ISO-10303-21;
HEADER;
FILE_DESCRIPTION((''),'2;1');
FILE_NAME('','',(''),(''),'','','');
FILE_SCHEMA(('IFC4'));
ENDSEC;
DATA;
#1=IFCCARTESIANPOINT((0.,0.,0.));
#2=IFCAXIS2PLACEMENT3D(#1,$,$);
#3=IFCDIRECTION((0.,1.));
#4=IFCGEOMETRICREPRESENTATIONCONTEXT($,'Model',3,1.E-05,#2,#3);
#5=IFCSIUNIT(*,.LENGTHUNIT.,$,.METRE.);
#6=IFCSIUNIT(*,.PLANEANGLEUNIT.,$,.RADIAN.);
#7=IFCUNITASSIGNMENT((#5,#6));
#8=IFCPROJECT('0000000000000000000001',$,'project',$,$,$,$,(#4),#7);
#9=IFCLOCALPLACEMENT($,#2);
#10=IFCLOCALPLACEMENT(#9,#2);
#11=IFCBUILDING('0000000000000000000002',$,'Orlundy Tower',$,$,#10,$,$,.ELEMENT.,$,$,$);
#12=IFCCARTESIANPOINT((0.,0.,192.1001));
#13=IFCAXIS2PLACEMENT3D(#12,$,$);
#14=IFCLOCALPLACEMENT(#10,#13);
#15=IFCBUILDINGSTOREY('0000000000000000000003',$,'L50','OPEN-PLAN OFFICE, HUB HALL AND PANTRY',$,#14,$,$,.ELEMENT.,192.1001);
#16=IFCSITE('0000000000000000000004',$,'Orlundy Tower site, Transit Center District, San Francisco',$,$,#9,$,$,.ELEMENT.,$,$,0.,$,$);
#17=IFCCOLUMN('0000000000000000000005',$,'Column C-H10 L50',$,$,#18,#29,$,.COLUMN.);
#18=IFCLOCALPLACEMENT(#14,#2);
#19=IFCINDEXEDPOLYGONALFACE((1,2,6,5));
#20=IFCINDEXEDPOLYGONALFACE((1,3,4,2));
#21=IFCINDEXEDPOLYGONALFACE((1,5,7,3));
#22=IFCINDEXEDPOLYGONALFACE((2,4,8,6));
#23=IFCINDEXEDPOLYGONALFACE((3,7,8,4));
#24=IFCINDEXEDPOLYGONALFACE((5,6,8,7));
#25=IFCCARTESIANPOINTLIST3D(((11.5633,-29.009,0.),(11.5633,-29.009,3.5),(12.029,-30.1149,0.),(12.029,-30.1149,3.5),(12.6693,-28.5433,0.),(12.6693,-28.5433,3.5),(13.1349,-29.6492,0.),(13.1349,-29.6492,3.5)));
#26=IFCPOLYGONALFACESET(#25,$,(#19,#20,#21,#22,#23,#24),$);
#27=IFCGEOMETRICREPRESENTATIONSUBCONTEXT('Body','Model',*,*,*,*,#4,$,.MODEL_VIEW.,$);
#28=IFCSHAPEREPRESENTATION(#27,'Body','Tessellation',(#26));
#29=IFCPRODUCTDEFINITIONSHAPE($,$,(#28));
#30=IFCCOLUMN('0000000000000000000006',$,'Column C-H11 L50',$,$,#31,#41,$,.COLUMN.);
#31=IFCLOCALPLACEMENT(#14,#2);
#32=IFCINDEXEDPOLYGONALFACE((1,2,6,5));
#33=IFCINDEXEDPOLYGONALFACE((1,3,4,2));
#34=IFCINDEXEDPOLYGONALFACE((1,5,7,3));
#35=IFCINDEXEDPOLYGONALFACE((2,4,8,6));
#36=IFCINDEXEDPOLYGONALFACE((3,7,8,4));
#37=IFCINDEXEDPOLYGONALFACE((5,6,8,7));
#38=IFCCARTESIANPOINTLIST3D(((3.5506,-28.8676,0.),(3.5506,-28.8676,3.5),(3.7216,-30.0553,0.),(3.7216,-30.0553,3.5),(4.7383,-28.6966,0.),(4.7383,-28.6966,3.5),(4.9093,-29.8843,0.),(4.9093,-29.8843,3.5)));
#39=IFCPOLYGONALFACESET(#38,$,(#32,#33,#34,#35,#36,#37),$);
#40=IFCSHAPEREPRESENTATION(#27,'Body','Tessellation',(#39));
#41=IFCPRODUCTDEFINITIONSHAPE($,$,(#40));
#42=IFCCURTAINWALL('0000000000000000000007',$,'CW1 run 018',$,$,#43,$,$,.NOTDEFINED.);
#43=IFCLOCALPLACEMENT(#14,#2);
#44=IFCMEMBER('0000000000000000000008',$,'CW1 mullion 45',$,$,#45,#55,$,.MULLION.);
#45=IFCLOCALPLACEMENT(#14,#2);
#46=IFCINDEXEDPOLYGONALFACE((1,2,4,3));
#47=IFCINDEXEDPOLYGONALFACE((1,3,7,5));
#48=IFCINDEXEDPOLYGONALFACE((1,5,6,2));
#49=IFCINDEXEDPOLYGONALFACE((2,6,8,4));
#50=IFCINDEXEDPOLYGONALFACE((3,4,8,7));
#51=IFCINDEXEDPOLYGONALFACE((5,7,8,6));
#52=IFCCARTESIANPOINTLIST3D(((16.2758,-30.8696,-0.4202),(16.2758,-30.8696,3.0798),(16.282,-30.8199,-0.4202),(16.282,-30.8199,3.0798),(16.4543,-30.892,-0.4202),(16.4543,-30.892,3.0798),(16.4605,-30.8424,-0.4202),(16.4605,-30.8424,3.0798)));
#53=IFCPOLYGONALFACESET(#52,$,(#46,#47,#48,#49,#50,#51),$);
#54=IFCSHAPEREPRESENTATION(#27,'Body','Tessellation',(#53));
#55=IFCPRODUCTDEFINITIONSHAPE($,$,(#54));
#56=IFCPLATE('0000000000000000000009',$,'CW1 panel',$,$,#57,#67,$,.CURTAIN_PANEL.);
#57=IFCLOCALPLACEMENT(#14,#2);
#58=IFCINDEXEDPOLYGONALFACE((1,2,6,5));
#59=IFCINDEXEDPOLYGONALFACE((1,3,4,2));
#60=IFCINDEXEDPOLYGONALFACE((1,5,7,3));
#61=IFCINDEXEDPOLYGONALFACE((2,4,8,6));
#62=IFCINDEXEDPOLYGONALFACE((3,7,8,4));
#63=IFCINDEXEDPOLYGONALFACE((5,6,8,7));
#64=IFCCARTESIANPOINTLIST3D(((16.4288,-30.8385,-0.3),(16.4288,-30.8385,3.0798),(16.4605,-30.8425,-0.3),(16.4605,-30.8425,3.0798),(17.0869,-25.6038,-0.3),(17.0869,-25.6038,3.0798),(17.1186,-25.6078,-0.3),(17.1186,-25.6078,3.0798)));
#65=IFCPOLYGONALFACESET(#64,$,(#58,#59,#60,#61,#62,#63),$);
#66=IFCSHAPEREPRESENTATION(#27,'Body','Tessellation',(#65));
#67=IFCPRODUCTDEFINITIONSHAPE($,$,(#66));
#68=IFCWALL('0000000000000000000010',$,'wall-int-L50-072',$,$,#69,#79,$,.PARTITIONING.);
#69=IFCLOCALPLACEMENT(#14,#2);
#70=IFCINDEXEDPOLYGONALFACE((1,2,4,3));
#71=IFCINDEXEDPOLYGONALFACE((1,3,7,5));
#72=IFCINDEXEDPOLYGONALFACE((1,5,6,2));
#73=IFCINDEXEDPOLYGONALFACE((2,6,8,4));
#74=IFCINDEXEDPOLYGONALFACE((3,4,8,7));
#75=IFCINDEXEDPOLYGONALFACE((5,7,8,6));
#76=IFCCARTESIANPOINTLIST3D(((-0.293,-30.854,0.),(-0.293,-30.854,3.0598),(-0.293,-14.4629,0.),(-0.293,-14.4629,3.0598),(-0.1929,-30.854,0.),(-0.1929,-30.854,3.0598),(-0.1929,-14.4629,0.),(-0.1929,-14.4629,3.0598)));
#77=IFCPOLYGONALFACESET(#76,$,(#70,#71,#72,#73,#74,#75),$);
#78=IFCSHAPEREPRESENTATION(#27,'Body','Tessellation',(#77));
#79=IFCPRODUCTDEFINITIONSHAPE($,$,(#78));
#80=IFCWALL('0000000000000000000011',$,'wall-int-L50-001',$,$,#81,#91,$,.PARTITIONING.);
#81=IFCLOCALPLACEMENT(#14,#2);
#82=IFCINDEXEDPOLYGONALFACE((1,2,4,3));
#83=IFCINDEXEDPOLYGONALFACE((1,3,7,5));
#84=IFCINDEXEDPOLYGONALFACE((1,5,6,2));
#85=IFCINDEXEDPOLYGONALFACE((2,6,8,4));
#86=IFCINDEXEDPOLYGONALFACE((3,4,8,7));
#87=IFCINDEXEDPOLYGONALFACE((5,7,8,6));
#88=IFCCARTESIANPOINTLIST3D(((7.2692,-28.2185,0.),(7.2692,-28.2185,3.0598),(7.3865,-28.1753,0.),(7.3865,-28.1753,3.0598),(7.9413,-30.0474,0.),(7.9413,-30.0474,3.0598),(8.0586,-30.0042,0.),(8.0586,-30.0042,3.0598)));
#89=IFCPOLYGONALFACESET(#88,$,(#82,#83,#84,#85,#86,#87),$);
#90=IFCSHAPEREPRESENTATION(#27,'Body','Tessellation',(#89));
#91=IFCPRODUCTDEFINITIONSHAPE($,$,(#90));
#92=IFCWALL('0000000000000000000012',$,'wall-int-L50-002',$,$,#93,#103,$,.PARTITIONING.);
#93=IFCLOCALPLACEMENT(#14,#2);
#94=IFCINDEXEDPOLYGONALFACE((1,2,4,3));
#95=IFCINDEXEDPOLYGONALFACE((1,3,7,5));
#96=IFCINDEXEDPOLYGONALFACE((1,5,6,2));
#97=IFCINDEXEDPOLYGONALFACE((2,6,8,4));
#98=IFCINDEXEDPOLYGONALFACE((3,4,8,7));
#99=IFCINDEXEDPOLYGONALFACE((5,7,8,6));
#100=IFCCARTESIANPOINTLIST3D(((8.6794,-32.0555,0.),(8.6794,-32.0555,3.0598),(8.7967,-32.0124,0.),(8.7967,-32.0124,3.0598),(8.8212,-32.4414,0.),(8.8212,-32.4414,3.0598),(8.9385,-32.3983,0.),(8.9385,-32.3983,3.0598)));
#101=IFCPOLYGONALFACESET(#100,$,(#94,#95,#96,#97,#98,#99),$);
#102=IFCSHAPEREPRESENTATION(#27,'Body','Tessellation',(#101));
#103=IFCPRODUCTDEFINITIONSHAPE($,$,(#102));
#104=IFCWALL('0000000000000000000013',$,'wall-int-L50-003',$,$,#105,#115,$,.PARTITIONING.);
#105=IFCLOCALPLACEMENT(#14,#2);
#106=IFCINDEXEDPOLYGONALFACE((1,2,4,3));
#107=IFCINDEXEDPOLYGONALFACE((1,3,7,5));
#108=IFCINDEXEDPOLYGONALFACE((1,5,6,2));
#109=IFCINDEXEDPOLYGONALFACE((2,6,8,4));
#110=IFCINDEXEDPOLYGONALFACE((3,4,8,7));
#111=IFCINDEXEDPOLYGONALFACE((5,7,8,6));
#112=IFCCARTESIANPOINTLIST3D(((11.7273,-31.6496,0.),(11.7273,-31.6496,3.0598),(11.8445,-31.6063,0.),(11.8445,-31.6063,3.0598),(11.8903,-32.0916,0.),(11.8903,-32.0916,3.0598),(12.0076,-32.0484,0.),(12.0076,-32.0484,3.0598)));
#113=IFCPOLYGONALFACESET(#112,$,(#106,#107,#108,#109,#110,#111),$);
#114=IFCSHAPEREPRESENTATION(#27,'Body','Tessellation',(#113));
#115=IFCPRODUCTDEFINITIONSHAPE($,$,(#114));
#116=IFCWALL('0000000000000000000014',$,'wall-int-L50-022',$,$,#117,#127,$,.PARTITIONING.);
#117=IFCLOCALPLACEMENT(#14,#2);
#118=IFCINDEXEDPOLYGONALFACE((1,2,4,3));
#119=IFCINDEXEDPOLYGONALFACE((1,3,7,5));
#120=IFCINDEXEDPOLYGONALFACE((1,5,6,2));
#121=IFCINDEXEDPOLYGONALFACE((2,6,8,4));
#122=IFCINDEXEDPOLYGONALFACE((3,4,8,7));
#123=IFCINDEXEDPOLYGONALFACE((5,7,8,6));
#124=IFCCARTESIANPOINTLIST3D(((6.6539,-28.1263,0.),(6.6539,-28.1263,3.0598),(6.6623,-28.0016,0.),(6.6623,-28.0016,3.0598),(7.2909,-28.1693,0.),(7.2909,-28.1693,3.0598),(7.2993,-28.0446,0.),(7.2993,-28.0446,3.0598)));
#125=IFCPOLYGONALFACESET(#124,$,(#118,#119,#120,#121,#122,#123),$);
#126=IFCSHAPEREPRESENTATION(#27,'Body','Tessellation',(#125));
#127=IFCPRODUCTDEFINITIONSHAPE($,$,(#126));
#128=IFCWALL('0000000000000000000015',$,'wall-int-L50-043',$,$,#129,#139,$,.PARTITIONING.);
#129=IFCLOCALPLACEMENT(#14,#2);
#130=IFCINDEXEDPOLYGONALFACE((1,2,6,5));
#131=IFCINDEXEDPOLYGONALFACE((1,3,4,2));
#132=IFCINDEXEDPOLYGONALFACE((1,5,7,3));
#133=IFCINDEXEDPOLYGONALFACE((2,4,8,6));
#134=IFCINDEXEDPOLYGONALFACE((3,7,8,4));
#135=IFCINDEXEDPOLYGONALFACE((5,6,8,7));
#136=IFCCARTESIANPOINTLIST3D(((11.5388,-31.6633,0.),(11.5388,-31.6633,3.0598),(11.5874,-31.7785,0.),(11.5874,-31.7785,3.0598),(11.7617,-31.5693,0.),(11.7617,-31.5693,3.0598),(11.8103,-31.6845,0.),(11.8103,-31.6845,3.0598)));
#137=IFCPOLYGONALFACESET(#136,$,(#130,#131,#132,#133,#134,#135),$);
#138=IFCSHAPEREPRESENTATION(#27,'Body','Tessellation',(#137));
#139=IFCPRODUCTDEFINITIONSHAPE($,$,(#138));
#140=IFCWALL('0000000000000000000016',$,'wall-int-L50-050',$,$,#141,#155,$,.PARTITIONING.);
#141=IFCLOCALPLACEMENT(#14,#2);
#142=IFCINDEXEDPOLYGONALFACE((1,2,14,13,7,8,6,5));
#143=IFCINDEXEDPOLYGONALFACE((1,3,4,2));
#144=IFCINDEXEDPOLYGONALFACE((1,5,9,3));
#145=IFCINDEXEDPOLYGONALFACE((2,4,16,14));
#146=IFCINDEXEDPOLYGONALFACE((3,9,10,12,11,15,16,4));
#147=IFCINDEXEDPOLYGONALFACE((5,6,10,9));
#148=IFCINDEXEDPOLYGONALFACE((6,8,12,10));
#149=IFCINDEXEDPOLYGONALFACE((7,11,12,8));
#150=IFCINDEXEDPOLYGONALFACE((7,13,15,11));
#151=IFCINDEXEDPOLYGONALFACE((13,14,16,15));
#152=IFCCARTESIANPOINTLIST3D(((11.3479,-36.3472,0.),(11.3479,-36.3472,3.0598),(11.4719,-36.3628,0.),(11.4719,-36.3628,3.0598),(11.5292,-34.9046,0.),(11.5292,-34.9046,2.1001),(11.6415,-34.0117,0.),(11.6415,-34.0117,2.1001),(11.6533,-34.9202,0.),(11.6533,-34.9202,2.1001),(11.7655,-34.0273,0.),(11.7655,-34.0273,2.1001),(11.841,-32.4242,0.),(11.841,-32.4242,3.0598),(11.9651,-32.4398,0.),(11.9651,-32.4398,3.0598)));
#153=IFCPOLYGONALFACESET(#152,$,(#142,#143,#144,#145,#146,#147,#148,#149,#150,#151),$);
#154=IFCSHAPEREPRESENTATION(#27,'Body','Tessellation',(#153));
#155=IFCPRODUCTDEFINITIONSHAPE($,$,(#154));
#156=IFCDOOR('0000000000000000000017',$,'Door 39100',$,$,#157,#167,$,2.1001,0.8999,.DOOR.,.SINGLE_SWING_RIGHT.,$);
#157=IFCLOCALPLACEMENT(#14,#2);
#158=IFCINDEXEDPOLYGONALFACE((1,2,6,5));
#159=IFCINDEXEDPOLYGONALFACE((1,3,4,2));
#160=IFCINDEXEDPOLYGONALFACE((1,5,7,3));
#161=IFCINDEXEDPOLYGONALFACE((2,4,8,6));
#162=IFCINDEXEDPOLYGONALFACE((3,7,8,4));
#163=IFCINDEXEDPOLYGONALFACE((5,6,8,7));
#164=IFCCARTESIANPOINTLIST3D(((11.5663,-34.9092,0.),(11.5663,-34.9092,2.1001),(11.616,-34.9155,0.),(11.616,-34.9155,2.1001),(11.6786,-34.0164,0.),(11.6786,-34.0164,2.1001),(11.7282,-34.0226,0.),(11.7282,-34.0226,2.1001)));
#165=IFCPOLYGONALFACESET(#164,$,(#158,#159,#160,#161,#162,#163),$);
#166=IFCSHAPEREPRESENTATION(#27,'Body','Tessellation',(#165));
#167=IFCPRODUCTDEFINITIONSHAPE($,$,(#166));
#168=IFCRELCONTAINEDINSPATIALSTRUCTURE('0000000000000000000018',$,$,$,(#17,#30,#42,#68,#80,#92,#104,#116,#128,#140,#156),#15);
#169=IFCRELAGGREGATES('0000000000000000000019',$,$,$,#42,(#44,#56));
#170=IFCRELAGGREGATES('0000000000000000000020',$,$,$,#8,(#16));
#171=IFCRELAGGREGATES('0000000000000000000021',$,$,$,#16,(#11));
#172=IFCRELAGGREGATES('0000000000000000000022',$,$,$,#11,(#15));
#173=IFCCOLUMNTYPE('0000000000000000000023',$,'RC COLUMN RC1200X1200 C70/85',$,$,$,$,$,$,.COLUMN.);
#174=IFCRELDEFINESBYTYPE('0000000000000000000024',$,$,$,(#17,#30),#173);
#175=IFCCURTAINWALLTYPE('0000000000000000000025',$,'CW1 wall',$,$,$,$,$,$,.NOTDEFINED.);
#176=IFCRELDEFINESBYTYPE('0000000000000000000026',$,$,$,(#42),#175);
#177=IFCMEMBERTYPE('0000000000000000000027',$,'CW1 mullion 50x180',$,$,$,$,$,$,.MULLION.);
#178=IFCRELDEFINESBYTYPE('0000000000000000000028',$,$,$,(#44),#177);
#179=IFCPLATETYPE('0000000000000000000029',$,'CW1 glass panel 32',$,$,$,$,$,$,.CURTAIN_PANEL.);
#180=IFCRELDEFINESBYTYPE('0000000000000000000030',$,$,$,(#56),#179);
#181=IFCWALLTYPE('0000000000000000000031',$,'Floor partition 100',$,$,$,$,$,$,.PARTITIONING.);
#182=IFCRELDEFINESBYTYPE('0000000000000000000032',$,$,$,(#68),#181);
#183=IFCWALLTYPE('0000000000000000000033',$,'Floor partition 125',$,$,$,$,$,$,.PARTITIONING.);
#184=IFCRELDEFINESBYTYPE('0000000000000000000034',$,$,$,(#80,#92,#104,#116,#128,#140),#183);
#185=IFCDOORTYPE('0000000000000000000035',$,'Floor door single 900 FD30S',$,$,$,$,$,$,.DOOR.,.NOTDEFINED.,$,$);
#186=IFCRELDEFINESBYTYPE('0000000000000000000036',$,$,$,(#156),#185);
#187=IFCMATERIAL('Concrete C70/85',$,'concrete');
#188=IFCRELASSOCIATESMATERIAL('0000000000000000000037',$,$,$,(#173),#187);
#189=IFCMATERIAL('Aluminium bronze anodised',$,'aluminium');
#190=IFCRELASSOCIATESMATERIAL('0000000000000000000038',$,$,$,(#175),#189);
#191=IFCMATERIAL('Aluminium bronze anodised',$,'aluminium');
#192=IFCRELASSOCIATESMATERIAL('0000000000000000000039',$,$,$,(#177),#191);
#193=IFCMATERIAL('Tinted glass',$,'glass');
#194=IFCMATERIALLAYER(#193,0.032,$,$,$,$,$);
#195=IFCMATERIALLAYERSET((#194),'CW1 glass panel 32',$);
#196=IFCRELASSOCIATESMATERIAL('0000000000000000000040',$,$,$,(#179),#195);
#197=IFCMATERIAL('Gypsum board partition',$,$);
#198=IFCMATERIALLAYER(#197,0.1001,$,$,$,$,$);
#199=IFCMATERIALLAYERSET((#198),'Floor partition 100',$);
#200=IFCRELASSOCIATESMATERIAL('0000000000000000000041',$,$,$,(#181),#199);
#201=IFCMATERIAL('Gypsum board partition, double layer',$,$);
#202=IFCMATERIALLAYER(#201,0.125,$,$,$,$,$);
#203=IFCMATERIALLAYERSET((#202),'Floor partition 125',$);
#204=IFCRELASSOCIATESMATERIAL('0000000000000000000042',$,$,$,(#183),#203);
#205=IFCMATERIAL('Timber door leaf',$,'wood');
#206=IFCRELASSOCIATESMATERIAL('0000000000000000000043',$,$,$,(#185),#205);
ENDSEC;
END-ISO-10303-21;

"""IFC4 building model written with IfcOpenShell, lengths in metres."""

from ifc_helpers import new_model, si_unit, direction, frame, frame_2d, origin, origin_2d, place, context, subcontext, project, spatial, rectangle, extrude, material, layer, layer_set, material_profile, profile_set, type_object, element, fill, aggregate, save


model = new_model("IFC4")

# Units and contexts
model_context = context("Model", 3, precision=1e-05, world=origin(), true_north=direction((0.0, 1.0)))
body_context = subcontext(model_context, "Body", "Model", "MODEL_VIEW")
ifc_project = project(units=[si_unit("LENGTHUNIT", "METRE"), si_unit("PLANEANGLEUNIT", "RADIAN")], contexts=[model_context])

# Site, building, storey
site_placement = place(None, origin())
site = spatial("IfcSite", under=ifc_project, at=site_placement, Name="Orlundy Tower site, Transit Center District, San Francisco", CompositionType="ELEMENT", RefElevation=0.0)
building_placement = place(site_placement, origin())
building = spatial("IfcBuilding", under=site, at=building_placement, Name="Orlundy Tower", CompositionType="ELEMENT")
storey_placement = place(building_placement, frame((0.0, 0.0, 192.1001)))
storey = spatial("IfcBuildingStorey", under=building, at=storey_placement, Name="L50", Description="OPEN-PLAN OFFICE, HUB HALL AND PANTRY", CompositionType="ELEMENT", Elevation=192.1001)

# Columns
ifc_material_1 = material(Name="Concrete C70/85", Category="concrete")
ifc_material_profile_1 = material_profile(ifc_material_1, rectangle(XDim=1.2, YDim=1.2, at=origin_2d()), Name="RC1200X1200")
ifc_profile_set_1 = profile_set([ifc_material_profile_1], Name="Concrete C70/85")
column_type = type_object("IfcColumnType", Name="RC COLUMN RC1200X1200 C70/85", PredefinedType="COLUMN", material=ifc_profile_set_1)
for number, where, z_axis, x_axis, name in (
    (1, (12.3491, -29.3291, 0.0), (0.0, 0.0, 1.0), (0.388063, -0.921633, 0.0), "Column C-H10 L50"),
    (2, (4.23, -29.376, 0.0), (0.0, 0.0, 1.0), (0.142525, -0.989791, 0.0), "Column C-H11 L50"),
):
    element("IfcColumn", number, at=place(storey_placement, frame(where, z_axis=z_axis, x_axis=x_axis)), inside=storey, type_object=column_type, Name=name, PredefinedType="COLUMN", context=body_context, shape_type="SweptSolid", body=[
        extrude(rectangle(XDim=1.2, YDim=1.2, at=origin_2d()), origin(), (0.0, 0.0, 1.0), 3.5),
    ])

# Curtain wall, member, plate
ifc_material_2 = material(Name="Aluminium bronze anodised", Category="aluminium")
curtain_wall_type = type_object("IfcCurtainWallType", Name="CW1 wall", PredefinedType="NOTDEFINED", material=ifc_material_2)
curtain_wall_placement = place(storey_placement, origin())
curtain_wall = element("IfcCurtainWall", 3, at=curtain_wall_placement, inside=storey, type_object=curtain_wall_type, Name="CW1 run 018", PredefinedType="NOTDEFINED")
ifc_material_3 = material(Name="Aluminium bronze anodised", Category="aluminium")
ifc_material_profile_2 = material_profile(ifc_material_3, rectangle(XDim=0.1799, YDim=0.05, at=origin_2d()), Name="CW1 mullion 50x180")
ifc_profile_set_2 = profile_set([ifc_material_profile_2], Name="Aluminium bronze anodised")
member_type = type_object("IfcMemberType", Name="CW1 mullion 50x180", PredefinedType="MULLION", material=ifc_profile_set_2)
member_placement = place(storey_placement, frame((16.3682, -30.856, -0.4202), z_axis=(0.0, 0.0, 1.0), x_axis=(0.992189, -0.124742, 0.0)))
member = element("IfcMember", 4, at=member_placement, type_object=member_type, Name="CW1 mullion 45", PredefinedType="MULLION", context=body_context, shape_type="SweptSolid", body=[
    extrude(rectangle(XDim=0.1799, YDim=0.05, at=origin_2d()), origin(), (0.0, 0.0, 1.0), 3.5),
])
ifc_material_4 = material(Name="Tinted glass", Category="glass")
ifc_layer_1 = layer(ifc_material_4, 0.032)
ifc_layer_set_1 = layer_set([ifc_layer_1], Name="CW1 glass panel 32")
plate_type = type_object("IfcPlateType", Name="CW1 glass panel 32", PredefinedType="CURTAIN_PANEL", material=ifc_layer_set_1)
plate_placement = place(storey_placement, frame((16.7737, -28.2231, -0.3), z_axis=(0.0, 0.0, 1.0), x_axis=(-0.124742, -0.992189, 0.0)))
plate = element("IfcPlate", 5, at=plate_placement, type_object=plate_type, Name="CW1 panel", PredefinedType="CURTAIN_PANEL", context=body_context, shape_type="SweptSolid", body=[
    extrude(rectangle(XDim=5.2759, YDim=0.032, at=origin_2d()), origin(), (0.0, 0.0, 1.0), 3.3799),
])
aggregate(curtain_wall, [member, plate])

# Walls
ifc_material_5 = material(Name="Gypsum board partition")
ifc_layer_2 = layer(ifc_material_5, 0.1001)
ifc_layer_set_2 = layer_set([ifc_layer_2], Name="Floor partition 100")
wall_type_1 = type_object("IfcWallType", Name="Floor partition 100", PredefinedType="PARTITIONING", material=ifc_layer_set_2)
wall_1_placement = place(storey_placement, frame((-0.2429, -30.854, 0.0), z_axis=(0.0, 0.0, 1.0), x_axis=(0.0, 1.0, 0.0)))
element("IfcWall", 6, at=wall_1_placement, inside=storey, type_object=wall_type_1, Name="wall-int-L50-072", PredefinedType="PARTITIONING", context=body_context, shape_type="SweptSolid", body=[
    extrude(rectangle(XDim=16.3911, YDim=0.1001, at=frame_2d((8.1956, 0.0))), origin(), (0.0, 0.0, 1.0), 3.0598),
])
ifc_material_6 = material(Name="Gypsum board partition, double layer")
ifc_layer_3 = layer(ifc_material_6, 0.125)
ifc_layer_set_3 = layer_set([ifc_layer_3], Name="Floor partition 125")
wall_type_2 = type_object("IfcWallType", Name="Floor partition 125", PredefinedType="PARTITIONING", material=ifc_layer_set_3)
wall_2_placement = place(storey_placement, frame((7.3279, -28.197, 0.0), z_axis=(0.0, 0.0, 1.0), x_axis=(0.34495, -0.938621, 0.0)))
element("IfcWall", 7, at=wall_2_placement, inside=storey, type_object=wall_type_2, Name="wall-int-L50-001", PredefinedType="PARTITIONING", context=body_context, shape_type="SweptSolid", body=[
    extrude(rectangle(XDim=1.9485, YDim=0.125, at=frame_2d((0.9741, 0.0))), origin(), (0.0, 0.0, 1.0), 3.0598),
])
wall_3_placement = place(storey_placement, frame((8.738, -32.0339, 0.0), z_axis=(0.0, 0.0, 1.0), x_axis=(0.344935, -0.938627, 0.0)))
element("IfcWall", 8, at=wall_3_placement, inside=storey, type_object=wall_type_2, Name="wall-int-L50-002", PredefinedType="PARTITIONING", context=body_context, shape_type="SweptSolid", body=[
    extrude(rectangle(XDim=0.4111, YDim=0.125, at=frame_2d((0.2056, 0.0))), origin(), (0.0, 0.0, 1.0), 3.0598),
])
wall_4_placement = place(storey_placement, frame((11.7859, -31.6279, 0.0), z_axis=(0.0, 0.0, 1.0), x_axis=(0.346065, -0.93821, 0.0)))
element("IfcWall", 9, at=wall_4_placement, inside=storey, type_object=wall_type_2, Name="wall-int-L50-003", PredefinedType="PARTITIONING", context=body_context, shape_type="SweptSolid", body=[
    extrude(rectangle(XDim=0.4712, YDim=0.125, at=frame_2d((0.2356, 0.0))), origin(), (0.0, 0.0, 1.0), 3.0598),
])
wall_5_placement = place(storey_placement, frame((6.658, -28.064, 0.0), z_axis=(0.0, 0.0, 1.0), x_axis=(0.997732, -0.067306, 0.0)))
element("IfcWall", 10, at=wall_5_placement, inside=storey, type_object=wall_type_2, Name="wall-int-L50-022", PredefinedType="PARTITIONING", context=body_context, shape_type="SweptSolid", body=[
    extrude(rectangle(XDim=0.6384, YDim=0.125, at=frame_2d((0.3193, 0.0))), origin(), (0.0, 0.0, 1.0), 3.0598),
])
wall_6_placement = place(storey_placement, frame((11.563, -31.7209, 0.0), z_axis=(0.0, 0.0, 1.0), x_axis=(0.921426, 0.388553, 0.0)))
element("IfcWall", 11, at=wall_6_placement, inside=storey, type_object=wall_type_2, Name="wall-int-L50-043", PredefinedType="PARTITIONING", context=body_context, shape_type="SweptSolid", body=[
    extrude(rectangle(XDim=0.2419, YDim=0.125, at=frame_2d((0.1211, 0.0))), origin(), (0.0, 0.0, 1.0), 3.0598),
])

# Wall, opening, door
wall_7_placement = place(storey_placement, frame((11.9031, -32.4319, 0.0), z_axis=(0.0, 0.0, 1.0), x_axis=(-0.124726, -0.992191, 0.0)))
wall_7 = element("IfcWall", 12, at=wall_7_placement, inside=storey, type_object=wall_type_2, Name="wall-int-L50-050", PredefinedType="PARTITIONING", context=body_context, shape_type="SweptSolid", body=[
    extrude(rectangle(XDim=3.9539, YDim=0.125, at=frame_2d((1.9771, 0.0))), origin(), (0.0, 0.0, 1.0), 3.0598),
])
opening_1_placement = place(wall_7_placement, frame((1.6001, 0.0, 0.0)))
opening_1 = element("IfcOpeningElement", 13, at=opening_1_placement, cuts=wall_7, PredefinedType="OPENING", context=body_context, shape_type="SweptSolid", body=[
    extrude(rectangle(XDim=0.8999, YDim=2.1001, at=frame_2d((0.45, 1.05))), frame((0.0, 0.0725, 0.0), z_axis=(0.0, -1.0, 0.0), x_axis=(1.0, 0.0, 0.0)), (0.0, 0.0, 1.0), 0.145),
])
ifc_material_7 = material(Name="Timber door leaf", Category="wood")
door_type = type_object("IfcDoorType", Name="Floor door single 900 FD30S", OperationType="NOTDEFINED", PredefinedType="DOOR", material=ifc_material_7)
door_1_placement = place(opening_1_placement, origin())
door_1 = element("IfcDoor", 14, at=door_1_placement, inside=storey, type_object=door_type, Name="Door 39100", OperationType="SINGLE_SWING_RIGHT", OverallHeight=2.1001, OverallWidth=0.8999, PredefinedType="DOOR", context=body_context, shape_type="SweptSolid", body=[
    extrude(rectangle(XDim=0.8999, YDim=2.1001, at=frame_2d((0.45, 1.05))), frame((0.0, 0.0249, 0.0), z_axis=(0.0, -1.0, 0.0), x_axis=(1.0, 0.0, 0.0)), (0.0, 0.0, 1.0), 0.05),
])
fill(opening_1, door_1)

save(model, "model.ifc")
